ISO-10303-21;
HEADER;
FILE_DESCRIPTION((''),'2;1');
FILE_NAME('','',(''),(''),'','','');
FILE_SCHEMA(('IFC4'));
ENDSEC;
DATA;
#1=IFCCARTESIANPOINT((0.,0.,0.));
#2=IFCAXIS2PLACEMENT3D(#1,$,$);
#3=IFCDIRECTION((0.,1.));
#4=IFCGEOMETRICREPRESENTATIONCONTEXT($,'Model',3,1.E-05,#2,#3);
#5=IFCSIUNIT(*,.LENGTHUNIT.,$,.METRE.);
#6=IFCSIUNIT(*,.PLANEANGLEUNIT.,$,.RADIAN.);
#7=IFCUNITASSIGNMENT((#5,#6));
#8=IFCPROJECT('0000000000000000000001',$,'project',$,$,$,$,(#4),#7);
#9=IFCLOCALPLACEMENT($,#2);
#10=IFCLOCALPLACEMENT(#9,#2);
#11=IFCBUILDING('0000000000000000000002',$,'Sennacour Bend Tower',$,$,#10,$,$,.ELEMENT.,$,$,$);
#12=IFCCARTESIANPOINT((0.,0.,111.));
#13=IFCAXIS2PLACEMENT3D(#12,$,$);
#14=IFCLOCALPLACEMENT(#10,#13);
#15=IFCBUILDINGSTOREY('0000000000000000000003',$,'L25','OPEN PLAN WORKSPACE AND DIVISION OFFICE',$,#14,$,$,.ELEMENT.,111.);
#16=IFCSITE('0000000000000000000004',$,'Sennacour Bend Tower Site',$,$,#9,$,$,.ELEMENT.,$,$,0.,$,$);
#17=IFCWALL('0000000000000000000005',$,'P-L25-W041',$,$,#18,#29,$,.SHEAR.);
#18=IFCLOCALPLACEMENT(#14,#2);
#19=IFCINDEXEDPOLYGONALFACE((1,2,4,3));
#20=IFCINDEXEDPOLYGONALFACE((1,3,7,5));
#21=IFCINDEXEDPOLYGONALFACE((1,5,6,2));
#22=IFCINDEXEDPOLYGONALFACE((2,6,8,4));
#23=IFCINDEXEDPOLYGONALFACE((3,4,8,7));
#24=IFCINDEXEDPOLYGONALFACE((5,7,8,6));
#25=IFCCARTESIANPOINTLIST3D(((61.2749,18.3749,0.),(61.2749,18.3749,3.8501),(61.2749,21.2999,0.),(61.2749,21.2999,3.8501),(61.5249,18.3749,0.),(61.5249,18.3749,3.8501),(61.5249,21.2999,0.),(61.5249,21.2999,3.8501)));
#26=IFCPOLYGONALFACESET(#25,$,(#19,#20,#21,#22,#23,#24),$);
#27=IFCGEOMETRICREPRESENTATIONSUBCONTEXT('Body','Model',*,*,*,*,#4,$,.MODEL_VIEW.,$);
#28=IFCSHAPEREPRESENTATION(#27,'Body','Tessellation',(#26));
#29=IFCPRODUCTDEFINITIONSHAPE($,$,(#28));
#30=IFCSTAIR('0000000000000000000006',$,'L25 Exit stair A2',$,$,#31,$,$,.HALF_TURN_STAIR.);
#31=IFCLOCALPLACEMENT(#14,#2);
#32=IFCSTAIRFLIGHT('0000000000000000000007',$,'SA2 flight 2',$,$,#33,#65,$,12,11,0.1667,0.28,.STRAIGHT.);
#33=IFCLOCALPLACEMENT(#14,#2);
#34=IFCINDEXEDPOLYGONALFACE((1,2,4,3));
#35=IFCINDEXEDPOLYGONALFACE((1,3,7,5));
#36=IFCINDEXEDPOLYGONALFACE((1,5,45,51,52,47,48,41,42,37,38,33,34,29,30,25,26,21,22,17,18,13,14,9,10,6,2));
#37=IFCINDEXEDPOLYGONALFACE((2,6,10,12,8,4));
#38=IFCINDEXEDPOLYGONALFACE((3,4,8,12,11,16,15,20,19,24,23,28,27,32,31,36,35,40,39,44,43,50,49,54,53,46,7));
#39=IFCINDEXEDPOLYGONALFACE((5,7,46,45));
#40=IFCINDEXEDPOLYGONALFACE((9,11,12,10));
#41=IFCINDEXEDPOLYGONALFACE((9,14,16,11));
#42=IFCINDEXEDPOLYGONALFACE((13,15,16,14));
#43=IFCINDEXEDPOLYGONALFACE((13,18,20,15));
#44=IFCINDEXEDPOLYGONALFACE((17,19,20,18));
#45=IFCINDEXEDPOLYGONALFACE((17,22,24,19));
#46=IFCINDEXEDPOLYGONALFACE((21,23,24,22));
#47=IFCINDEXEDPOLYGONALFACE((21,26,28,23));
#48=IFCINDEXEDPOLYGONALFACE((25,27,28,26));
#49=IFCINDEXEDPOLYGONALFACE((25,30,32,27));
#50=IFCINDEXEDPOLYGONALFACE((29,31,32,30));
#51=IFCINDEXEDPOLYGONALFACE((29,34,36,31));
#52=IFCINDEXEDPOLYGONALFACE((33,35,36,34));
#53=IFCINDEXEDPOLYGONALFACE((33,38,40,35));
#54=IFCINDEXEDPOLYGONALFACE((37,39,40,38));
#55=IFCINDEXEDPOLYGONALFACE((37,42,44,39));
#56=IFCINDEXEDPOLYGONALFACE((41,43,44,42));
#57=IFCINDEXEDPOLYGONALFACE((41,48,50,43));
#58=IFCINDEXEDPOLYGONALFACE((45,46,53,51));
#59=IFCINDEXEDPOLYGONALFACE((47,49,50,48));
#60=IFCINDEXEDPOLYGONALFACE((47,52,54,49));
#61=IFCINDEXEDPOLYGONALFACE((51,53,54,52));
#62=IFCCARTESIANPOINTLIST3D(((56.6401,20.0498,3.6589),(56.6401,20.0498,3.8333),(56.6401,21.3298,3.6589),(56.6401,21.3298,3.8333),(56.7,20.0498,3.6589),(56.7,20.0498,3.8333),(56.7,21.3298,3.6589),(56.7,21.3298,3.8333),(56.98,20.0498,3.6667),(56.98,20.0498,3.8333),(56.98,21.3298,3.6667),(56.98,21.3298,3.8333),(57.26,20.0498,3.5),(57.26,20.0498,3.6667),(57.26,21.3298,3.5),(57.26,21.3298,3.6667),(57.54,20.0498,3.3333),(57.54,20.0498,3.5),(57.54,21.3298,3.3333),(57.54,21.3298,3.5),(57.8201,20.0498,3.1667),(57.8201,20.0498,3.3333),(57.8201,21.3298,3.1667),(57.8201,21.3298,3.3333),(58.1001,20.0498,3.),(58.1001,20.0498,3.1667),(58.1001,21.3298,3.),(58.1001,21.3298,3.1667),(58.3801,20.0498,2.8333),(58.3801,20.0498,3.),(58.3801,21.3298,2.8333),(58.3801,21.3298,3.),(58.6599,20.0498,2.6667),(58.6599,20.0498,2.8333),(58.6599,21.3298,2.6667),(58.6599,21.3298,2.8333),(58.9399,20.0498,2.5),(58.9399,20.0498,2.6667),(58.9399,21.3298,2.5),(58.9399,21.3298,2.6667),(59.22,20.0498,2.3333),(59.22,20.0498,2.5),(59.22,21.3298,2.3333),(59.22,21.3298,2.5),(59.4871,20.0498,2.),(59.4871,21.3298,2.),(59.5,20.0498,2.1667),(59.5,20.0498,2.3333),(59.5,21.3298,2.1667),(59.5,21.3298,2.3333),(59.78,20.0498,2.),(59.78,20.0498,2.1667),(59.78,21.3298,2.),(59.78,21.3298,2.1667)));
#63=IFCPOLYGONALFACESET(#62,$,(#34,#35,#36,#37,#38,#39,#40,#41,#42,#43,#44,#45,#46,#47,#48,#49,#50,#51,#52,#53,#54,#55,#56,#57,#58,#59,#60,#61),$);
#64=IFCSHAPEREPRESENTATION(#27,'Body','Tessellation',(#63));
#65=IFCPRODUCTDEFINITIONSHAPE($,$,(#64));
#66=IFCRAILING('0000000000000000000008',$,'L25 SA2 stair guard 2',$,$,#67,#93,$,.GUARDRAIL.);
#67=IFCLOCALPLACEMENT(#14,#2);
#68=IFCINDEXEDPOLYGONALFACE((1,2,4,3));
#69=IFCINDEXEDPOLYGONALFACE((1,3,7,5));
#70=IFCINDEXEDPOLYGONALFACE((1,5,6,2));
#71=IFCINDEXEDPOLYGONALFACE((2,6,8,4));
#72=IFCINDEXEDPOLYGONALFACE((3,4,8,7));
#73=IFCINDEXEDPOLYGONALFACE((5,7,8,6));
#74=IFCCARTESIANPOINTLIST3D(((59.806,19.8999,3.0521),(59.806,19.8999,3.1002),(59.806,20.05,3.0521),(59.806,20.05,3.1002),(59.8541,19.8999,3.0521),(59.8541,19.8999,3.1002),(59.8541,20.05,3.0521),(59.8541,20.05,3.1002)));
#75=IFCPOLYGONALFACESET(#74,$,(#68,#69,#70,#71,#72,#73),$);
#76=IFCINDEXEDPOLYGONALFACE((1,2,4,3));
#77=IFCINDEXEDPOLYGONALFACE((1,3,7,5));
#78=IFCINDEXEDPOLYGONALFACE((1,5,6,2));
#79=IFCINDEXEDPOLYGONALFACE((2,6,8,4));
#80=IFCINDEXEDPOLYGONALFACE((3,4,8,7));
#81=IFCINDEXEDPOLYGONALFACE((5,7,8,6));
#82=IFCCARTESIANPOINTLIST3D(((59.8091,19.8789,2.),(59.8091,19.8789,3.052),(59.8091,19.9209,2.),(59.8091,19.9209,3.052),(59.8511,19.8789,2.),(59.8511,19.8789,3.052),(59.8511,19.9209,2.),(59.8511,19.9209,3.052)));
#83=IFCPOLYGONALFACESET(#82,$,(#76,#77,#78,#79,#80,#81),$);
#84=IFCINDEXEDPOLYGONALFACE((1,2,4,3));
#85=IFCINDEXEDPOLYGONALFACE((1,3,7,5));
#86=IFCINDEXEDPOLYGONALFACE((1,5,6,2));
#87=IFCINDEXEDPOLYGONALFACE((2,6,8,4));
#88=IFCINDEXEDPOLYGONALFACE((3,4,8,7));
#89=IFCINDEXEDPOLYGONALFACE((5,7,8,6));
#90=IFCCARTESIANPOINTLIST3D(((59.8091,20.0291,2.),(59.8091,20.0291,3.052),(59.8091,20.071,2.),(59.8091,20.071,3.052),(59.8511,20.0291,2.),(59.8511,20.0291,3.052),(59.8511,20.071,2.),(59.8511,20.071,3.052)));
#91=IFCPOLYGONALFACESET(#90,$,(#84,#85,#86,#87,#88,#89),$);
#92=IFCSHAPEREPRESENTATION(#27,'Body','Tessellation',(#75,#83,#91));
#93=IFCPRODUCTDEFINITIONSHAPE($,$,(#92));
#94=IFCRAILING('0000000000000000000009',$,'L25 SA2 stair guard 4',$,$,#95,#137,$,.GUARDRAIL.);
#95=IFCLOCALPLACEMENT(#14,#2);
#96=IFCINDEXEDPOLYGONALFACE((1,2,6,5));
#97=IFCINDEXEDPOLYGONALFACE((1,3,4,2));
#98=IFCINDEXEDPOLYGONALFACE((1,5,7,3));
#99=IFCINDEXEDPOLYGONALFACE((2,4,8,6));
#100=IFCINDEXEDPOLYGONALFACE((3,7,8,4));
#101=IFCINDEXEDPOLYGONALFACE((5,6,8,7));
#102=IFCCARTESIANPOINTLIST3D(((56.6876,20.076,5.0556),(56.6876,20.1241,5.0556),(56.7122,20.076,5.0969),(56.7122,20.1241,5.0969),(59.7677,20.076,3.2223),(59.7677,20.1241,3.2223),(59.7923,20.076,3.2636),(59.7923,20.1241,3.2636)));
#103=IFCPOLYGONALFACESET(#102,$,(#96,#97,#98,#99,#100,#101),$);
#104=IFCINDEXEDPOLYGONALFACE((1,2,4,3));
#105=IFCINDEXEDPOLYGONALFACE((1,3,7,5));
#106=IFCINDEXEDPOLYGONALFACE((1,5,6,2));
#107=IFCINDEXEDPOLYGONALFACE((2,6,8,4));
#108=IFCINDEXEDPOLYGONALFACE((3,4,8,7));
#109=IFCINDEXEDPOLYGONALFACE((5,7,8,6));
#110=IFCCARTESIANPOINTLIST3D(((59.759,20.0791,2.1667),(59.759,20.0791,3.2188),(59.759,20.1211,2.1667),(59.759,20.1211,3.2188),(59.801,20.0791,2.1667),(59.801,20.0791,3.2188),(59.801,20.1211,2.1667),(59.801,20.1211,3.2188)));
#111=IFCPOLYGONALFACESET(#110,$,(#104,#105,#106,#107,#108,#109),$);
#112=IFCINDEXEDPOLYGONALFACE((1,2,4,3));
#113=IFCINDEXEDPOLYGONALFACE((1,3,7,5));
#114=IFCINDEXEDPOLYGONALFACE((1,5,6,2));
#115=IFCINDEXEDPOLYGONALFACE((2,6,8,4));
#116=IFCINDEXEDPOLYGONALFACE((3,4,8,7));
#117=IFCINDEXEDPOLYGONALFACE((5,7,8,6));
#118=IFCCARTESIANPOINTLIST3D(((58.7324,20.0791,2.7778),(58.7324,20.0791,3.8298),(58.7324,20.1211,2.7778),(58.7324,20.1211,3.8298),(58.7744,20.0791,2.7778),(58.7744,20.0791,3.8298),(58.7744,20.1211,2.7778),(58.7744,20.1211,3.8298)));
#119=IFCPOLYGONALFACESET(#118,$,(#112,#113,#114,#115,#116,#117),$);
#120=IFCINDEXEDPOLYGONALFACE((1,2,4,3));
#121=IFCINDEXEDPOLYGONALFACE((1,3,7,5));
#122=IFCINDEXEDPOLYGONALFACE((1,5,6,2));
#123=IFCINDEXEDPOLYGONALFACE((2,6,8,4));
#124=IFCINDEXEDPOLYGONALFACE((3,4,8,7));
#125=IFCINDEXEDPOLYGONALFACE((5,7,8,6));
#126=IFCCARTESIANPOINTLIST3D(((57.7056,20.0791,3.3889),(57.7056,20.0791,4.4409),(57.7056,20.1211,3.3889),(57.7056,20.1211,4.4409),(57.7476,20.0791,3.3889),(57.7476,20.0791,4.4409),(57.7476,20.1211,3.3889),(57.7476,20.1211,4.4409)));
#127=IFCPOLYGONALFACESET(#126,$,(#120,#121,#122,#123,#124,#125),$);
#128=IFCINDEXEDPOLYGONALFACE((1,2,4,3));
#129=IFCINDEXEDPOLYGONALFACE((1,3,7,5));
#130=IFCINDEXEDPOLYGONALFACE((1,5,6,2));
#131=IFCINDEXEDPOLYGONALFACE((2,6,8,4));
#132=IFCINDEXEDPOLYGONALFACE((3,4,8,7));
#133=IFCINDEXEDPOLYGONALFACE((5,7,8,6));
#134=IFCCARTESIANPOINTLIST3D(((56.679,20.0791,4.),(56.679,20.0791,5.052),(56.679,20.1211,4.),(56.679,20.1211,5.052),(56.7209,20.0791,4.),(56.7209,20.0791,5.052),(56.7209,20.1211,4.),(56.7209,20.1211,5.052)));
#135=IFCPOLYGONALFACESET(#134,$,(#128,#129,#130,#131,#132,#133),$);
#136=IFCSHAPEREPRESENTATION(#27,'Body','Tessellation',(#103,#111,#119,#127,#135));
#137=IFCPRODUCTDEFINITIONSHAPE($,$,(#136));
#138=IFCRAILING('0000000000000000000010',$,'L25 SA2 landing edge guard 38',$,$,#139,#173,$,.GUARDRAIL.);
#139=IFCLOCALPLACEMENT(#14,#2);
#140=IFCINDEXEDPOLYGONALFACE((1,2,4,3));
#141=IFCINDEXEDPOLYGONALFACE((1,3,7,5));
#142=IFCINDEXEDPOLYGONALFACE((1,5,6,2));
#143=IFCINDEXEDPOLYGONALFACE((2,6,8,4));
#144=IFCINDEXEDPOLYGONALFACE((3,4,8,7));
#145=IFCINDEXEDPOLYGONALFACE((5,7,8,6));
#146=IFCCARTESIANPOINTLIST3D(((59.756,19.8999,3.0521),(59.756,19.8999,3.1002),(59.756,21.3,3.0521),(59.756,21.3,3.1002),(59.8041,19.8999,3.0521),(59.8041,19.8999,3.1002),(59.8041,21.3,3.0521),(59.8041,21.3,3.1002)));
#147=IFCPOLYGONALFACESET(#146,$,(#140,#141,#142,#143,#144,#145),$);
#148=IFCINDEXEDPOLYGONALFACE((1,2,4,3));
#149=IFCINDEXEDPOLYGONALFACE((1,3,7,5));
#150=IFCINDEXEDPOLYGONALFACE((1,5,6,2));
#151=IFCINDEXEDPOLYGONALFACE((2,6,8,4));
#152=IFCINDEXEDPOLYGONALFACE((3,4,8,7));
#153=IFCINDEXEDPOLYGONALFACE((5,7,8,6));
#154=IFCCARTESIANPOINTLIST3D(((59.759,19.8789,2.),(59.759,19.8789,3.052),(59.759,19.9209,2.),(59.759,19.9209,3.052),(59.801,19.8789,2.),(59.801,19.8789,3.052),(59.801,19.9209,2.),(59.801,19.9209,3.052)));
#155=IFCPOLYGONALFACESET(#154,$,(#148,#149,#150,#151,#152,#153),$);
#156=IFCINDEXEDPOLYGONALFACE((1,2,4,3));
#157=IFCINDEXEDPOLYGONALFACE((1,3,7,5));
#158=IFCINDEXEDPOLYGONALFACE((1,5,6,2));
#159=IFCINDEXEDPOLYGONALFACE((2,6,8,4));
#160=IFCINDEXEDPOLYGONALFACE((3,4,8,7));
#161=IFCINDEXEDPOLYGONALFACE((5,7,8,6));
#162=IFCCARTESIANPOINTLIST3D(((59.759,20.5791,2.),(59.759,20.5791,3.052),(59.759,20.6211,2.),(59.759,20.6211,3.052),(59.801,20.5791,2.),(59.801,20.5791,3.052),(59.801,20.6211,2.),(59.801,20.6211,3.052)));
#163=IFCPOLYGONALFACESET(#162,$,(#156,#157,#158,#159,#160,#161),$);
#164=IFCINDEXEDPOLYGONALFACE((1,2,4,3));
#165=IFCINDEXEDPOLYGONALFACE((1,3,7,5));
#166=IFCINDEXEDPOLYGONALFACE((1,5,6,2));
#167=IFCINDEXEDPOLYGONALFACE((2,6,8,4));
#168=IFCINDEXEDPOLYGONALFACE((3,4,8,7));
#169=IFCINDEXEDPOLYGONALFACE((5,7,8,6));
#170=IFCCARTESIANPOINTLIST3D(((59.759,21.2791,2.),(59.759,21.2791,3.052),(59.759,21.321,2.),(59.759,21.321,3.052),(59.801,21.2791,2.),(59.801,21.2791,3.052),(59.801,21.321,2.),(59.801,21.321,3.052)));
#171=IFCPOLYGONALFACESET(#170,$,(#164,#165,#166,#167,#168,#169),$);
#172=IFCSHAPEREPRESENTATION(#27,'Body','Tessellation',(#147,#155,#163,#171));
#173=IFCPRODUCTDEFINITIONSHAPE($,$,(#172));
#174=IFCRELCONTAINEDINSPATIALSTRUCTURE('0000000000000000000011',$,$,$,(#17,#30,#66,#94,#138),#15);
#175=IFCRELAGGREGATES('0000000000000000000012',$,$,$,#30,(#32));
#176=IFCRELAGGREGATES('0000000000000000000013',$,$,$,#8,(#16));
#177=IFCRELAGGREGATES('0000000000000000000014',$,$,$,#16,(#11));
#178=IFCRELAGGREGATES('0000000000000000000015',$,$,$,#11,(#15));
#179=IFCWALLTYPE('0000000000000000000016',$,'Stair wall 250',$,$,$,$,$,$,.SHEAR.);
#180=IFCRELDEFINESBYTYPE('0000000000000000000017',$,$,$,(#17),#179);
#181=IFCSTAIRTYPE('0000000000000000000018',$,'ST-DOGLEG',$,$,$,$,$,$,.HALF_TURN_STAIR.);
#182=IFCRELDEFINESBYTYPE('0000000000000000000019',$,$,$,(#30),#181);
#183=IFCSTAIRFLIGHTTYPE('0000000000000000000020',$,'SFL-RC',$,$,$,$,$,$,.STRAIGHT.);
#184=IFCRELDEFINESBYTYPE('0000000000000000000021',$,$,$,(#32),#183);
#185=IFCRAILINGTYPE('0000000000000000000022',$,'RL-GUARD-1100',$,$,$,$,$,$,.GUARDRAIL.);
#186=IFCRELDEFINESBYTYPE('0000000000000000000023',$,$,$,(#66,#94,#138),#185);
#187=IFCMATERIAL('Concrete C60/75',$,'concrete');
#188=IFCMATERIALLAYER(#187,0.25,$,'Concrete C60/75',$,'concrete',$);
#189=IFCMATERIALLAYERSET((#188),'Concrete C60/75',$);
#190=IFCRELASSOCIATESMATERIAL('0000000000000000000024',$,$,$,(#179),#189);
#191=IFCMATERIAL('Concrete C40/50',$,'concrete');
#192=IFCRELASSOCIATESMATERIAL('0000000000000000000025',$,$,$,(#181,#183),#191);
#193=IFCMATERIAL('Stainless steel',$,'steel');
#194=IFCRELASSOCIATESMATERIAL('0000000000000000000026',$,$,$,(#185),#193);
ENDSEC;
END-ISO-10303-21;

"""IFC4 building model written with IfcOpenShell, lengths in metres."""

from ifc_helpers import new_model, si_unit, direction, frame, frame_2d, origin, origin_2d, place, context, subcontext, project, spatial, polyline, rectangle, outline, extrude, material, layer, layer_set, type_object, element, aggregate, save


model = new_model("IFC4")

# Units and contexts
model_context = context("Model", 3, precision=1e-05, world=origin(), true_north=direction((0.0, 1.0)))
body_context = subcontext(model_context, "Body", "Model", "MODEL_VIEW")
ifc_project = project(units=[si_unit("LENGTHUNIT", "METRE"), si_unit("PLANEANGLEUNIT", "RADIAN")], contexts=[model_context])

# Site, building, storey
site_placement = place(None, origin())
site = spatial("IfcSite", under=ifc_project, at=site_placement, Name="Sennacour Bend Tower Site", CompositionType="ELEMENT", RefElevation=0.0)
building_placement = place(site_placement, origin())
building = spatial("IfcBuilding", under=site, at=building_placement, Name="Sennacour Bend Tower", CompositionType="ELEMENT")
storey_placement = place(building_placement, frame((0.0, 0.0, 111.0)))
storey = spatial("IfcBuildingStorey", under=building, at=storey_placement, Name="L25", Description="OPEN PLAN WORKSPACE AND DIVISION OFFICE", CompositionType="ELEMENT", Elevation=111.0)

# Shared definitions
ifc_material_1 = material(Name="Stainless steel", Category="steel")

# Wall
ifc_material_2 = material(Name="Concrete C60/75", Category="concrete")
ifc_layer_1 = layer(ifc_material_2, 0.25, Name="Concrete C60/75", Category="concrete")
ifc_layer_set_1 = layer_set([ifc_layer_1], Name="Concrete C60/75")
wall_type_1 = type_object("IfcWallType", Name="Stair wall 250", PredefinedType="SHEAR", material=ifc_layer_set_1)
wall_1_placement = place(storey_placement, frame((61.3999, 18.375, 0.0), z_axis=(0.0, 0.0, 1.0), x_axis=(0.0, 1.0, 0.0)))
element("IfcWall", 1, at=wall_1_placement, inside=storey, type_object=wall_type_1, Name="P-L25-W041", PredefinedType="SHEAR", context=body_context, shape_type="SweptSolid", body=[
    extrude(rectangle(XDim=2.925, YDim=0.25, at=frame_2d((1.4624, 0.0))), origin(), (0.0, 0.0, 1.0), 3.8501),
])

# Stair, stair flight
ifc_material_3 = material(Name="Concrete C40/50", Category="concrete")
stair_type = type_object("IfcStairType", Name="ST-DOGLEG", PredefinedType="HALF_TURN_STAIR", material=ifc_material_3)
stair_placement = place(storey_placement, origin())
stair = element("IfcStair", 2, at=stair_placement, inside=storey, type_object=stair_type, Name="L25 Exit stair A2", PredefinedType="HALF_TURN_STAIR")
stair_flight_type = type_object("IfcStairFlightType", Name="SFL-RC", PredefinedType="STRAIGHT", material=ifc_material_3)
stair_flight_placement = place(storey_placement, frame((59.78, 20.6899, 2.0), z_axis=(0.0, 0.0, 1.0), x_axis=(-1.0, 0.0, 0.0)))
stair_flight = element("IfcStairFlight", 3, at=stair_flight_placement, type_object=stair_flight_type, Name="SA2 flight 2", NumberOfRisers=12, NumberOfTreads=11, PredefinedType="STRAIGHT", RiserHeight=0.1667, TreadLength=0.28, context=body_context, shape_type="SweptSolid", body=[
    extrude(outline(polyline([(0.0, 0.0), (0.0, 0.1667), (0.28, 0.1667), (0.28, 0.3333), (0.5601, 0.3333), (0.5601, 0.5), (0.8401, 0.5), (0.8401, 0.6667), (1.1201, 0.6667), (1.1201, 0.8333), (1.3999, 0.8333), (1.3999, 1.0), (1.6799, 1.0), (1.6799, 1.1667), (1.96, 1.1667), (1.96, 1.3333), (2.24, 1.3333), (2.24, 1.5), (2.52, 1.5), (2.52, 1.6667), (2.8, 1.6667), (2.8, 1.8333), (3.0801, 1.8333), (3.1399, 1.8333), (3.1399, 1.6589), (3.0801, 1.6589), (0.293, 0.0), (0.0, 0.0)])), frame((0.0, 0.6401, 0.0), z_axis=(0.0, -1.0, 0.0), x_axis=(1.0, 0.0, 0.0)), (0.0, 0.0, 1.0), 1.28),
])
aggregate(stair, [stair_flight])

# Railings
railing_type_1 = type_object("IfcRailingType", Name="RL-GUARD-1100", PredefinedType="GUARDRAIL", material=ifc_material_1)
railing_1_placement = place(storey_placement, frame((59.8301, 19.8999, 2.0)))
element("IfcRailing", 4, at=railing_1_placement, inside=storey, type_object=railing_type_1, Name="L25 SA2 stair guard 2", PredefinedType="GUARDRAIL", context=body_context, shape_type="SweptSolid", body=[
    extrude(rectangle(XDim=0.0481, YDim=0.0481, at=origin_2d()), frame((0.0, 0.0, 1.0762), z_axis=(0.0, 1.0, 0.0), x_axis=(-1.0, 0.0, 0.0)), (0.0, 0.0, 1.0), 0.1501),
    extrude(rectangle(XDim=0.042, YDim=0.042, at=origin_2d()), origin(), (0.0, 0.0, 1.0), 1.052),
    extrude(rectangle(XDim=0.042, YDim=0.042, at=origin_2d()), frame((0.0, 0.1501, 0.0)), (0.0, 0.0, 1.0), 1.052),
])
railing_2_placement = place(storey_placement, frame((59.78, 20.1001, 2.1667)))
element("IfcRailing", 5, at=railing_2_placement, inside=storey, type_object=railing_type_1, Name="L25 SA2 stair guard 4", PredefinedType="GUARDRAIL", context=body_context, shape_type="SweptSolid", body=[
    extrude(rectangle(XDim=0.0481, YDim=0.0481, at=origin_2d()), frame((0.0, 0.0, 1.0762), z_axis=(-0.859309, 0.0, 0.511458), x_axis=(0.0, -1.0, 0.0)), (0.0, 0.0, 1.0), 3.5845),
    extrude(rectangle(XDim=0.042, YDim=0.042, at=origin_2d()), origin(), (0.0, 0.0, 1.0), 1.052),
    extrude(rectangle(XDim=0.042, YDim=0.042, at=origin_2d()), frame((-1.0266, 0.0, 0.6111)), (0.0, 0.0, 1.0), 1.052),
    extrude(rectangle(XDim=0.042, YDim=0.042, at=origin_2d()), frame((-2.0535, 0.0, 1.2222)), (0.0, 0.0, 1.0), 1.052),
    extrude(rectangle(XDim=0.042, YDim=0.042, at=origin_2d()), frame((-3.0801, 0.0, 1.8333)), (0.0, 0.0, 1.0), 1.052),
])
railing_3_placement = place(storey_placement, frame((59.78, 19.8999, 2.0)))
element("IfcRailing", 6, at=railing_3_placement, inside=storey, type_object=railing_type_1, Name="L25 SA2 landing edge guard 38", PredefinedType="GUARDRAIL", context=body_context, shape_type="SweptSolid", body=[
    extrude(rectangle(XDim=0.0481, YDim=0.0481, at=origin_2d()), frame((0.0, 0.0, 1.0762), z_axis=(0.0, 1.0, 0.0), x_axis=(-1.0, 0.0, 0.0)), (0.0, 0.0, 1.0), 1.4001),
    extrude(rectangle(XDim=0.042, YDim=0.042, at=origin_2d()), origin(), (0.0, 0.0, 1.0), 1.052),
    extrude(rectangle(XDim=0.042, YDim=0.042, at=origin_2d()), frame((0.0, 0.7002, 0.0)), (0.0, 0.0, 1.0), 1.052),
    extrude(rectangle(XDim=0.042, YDim=0.042, at=origin_2d()), frame((0.0, 1.4001, 0.0)), (0.0, 0.0, 1.0), 1.052),
])

save(model, "model.ifc")
